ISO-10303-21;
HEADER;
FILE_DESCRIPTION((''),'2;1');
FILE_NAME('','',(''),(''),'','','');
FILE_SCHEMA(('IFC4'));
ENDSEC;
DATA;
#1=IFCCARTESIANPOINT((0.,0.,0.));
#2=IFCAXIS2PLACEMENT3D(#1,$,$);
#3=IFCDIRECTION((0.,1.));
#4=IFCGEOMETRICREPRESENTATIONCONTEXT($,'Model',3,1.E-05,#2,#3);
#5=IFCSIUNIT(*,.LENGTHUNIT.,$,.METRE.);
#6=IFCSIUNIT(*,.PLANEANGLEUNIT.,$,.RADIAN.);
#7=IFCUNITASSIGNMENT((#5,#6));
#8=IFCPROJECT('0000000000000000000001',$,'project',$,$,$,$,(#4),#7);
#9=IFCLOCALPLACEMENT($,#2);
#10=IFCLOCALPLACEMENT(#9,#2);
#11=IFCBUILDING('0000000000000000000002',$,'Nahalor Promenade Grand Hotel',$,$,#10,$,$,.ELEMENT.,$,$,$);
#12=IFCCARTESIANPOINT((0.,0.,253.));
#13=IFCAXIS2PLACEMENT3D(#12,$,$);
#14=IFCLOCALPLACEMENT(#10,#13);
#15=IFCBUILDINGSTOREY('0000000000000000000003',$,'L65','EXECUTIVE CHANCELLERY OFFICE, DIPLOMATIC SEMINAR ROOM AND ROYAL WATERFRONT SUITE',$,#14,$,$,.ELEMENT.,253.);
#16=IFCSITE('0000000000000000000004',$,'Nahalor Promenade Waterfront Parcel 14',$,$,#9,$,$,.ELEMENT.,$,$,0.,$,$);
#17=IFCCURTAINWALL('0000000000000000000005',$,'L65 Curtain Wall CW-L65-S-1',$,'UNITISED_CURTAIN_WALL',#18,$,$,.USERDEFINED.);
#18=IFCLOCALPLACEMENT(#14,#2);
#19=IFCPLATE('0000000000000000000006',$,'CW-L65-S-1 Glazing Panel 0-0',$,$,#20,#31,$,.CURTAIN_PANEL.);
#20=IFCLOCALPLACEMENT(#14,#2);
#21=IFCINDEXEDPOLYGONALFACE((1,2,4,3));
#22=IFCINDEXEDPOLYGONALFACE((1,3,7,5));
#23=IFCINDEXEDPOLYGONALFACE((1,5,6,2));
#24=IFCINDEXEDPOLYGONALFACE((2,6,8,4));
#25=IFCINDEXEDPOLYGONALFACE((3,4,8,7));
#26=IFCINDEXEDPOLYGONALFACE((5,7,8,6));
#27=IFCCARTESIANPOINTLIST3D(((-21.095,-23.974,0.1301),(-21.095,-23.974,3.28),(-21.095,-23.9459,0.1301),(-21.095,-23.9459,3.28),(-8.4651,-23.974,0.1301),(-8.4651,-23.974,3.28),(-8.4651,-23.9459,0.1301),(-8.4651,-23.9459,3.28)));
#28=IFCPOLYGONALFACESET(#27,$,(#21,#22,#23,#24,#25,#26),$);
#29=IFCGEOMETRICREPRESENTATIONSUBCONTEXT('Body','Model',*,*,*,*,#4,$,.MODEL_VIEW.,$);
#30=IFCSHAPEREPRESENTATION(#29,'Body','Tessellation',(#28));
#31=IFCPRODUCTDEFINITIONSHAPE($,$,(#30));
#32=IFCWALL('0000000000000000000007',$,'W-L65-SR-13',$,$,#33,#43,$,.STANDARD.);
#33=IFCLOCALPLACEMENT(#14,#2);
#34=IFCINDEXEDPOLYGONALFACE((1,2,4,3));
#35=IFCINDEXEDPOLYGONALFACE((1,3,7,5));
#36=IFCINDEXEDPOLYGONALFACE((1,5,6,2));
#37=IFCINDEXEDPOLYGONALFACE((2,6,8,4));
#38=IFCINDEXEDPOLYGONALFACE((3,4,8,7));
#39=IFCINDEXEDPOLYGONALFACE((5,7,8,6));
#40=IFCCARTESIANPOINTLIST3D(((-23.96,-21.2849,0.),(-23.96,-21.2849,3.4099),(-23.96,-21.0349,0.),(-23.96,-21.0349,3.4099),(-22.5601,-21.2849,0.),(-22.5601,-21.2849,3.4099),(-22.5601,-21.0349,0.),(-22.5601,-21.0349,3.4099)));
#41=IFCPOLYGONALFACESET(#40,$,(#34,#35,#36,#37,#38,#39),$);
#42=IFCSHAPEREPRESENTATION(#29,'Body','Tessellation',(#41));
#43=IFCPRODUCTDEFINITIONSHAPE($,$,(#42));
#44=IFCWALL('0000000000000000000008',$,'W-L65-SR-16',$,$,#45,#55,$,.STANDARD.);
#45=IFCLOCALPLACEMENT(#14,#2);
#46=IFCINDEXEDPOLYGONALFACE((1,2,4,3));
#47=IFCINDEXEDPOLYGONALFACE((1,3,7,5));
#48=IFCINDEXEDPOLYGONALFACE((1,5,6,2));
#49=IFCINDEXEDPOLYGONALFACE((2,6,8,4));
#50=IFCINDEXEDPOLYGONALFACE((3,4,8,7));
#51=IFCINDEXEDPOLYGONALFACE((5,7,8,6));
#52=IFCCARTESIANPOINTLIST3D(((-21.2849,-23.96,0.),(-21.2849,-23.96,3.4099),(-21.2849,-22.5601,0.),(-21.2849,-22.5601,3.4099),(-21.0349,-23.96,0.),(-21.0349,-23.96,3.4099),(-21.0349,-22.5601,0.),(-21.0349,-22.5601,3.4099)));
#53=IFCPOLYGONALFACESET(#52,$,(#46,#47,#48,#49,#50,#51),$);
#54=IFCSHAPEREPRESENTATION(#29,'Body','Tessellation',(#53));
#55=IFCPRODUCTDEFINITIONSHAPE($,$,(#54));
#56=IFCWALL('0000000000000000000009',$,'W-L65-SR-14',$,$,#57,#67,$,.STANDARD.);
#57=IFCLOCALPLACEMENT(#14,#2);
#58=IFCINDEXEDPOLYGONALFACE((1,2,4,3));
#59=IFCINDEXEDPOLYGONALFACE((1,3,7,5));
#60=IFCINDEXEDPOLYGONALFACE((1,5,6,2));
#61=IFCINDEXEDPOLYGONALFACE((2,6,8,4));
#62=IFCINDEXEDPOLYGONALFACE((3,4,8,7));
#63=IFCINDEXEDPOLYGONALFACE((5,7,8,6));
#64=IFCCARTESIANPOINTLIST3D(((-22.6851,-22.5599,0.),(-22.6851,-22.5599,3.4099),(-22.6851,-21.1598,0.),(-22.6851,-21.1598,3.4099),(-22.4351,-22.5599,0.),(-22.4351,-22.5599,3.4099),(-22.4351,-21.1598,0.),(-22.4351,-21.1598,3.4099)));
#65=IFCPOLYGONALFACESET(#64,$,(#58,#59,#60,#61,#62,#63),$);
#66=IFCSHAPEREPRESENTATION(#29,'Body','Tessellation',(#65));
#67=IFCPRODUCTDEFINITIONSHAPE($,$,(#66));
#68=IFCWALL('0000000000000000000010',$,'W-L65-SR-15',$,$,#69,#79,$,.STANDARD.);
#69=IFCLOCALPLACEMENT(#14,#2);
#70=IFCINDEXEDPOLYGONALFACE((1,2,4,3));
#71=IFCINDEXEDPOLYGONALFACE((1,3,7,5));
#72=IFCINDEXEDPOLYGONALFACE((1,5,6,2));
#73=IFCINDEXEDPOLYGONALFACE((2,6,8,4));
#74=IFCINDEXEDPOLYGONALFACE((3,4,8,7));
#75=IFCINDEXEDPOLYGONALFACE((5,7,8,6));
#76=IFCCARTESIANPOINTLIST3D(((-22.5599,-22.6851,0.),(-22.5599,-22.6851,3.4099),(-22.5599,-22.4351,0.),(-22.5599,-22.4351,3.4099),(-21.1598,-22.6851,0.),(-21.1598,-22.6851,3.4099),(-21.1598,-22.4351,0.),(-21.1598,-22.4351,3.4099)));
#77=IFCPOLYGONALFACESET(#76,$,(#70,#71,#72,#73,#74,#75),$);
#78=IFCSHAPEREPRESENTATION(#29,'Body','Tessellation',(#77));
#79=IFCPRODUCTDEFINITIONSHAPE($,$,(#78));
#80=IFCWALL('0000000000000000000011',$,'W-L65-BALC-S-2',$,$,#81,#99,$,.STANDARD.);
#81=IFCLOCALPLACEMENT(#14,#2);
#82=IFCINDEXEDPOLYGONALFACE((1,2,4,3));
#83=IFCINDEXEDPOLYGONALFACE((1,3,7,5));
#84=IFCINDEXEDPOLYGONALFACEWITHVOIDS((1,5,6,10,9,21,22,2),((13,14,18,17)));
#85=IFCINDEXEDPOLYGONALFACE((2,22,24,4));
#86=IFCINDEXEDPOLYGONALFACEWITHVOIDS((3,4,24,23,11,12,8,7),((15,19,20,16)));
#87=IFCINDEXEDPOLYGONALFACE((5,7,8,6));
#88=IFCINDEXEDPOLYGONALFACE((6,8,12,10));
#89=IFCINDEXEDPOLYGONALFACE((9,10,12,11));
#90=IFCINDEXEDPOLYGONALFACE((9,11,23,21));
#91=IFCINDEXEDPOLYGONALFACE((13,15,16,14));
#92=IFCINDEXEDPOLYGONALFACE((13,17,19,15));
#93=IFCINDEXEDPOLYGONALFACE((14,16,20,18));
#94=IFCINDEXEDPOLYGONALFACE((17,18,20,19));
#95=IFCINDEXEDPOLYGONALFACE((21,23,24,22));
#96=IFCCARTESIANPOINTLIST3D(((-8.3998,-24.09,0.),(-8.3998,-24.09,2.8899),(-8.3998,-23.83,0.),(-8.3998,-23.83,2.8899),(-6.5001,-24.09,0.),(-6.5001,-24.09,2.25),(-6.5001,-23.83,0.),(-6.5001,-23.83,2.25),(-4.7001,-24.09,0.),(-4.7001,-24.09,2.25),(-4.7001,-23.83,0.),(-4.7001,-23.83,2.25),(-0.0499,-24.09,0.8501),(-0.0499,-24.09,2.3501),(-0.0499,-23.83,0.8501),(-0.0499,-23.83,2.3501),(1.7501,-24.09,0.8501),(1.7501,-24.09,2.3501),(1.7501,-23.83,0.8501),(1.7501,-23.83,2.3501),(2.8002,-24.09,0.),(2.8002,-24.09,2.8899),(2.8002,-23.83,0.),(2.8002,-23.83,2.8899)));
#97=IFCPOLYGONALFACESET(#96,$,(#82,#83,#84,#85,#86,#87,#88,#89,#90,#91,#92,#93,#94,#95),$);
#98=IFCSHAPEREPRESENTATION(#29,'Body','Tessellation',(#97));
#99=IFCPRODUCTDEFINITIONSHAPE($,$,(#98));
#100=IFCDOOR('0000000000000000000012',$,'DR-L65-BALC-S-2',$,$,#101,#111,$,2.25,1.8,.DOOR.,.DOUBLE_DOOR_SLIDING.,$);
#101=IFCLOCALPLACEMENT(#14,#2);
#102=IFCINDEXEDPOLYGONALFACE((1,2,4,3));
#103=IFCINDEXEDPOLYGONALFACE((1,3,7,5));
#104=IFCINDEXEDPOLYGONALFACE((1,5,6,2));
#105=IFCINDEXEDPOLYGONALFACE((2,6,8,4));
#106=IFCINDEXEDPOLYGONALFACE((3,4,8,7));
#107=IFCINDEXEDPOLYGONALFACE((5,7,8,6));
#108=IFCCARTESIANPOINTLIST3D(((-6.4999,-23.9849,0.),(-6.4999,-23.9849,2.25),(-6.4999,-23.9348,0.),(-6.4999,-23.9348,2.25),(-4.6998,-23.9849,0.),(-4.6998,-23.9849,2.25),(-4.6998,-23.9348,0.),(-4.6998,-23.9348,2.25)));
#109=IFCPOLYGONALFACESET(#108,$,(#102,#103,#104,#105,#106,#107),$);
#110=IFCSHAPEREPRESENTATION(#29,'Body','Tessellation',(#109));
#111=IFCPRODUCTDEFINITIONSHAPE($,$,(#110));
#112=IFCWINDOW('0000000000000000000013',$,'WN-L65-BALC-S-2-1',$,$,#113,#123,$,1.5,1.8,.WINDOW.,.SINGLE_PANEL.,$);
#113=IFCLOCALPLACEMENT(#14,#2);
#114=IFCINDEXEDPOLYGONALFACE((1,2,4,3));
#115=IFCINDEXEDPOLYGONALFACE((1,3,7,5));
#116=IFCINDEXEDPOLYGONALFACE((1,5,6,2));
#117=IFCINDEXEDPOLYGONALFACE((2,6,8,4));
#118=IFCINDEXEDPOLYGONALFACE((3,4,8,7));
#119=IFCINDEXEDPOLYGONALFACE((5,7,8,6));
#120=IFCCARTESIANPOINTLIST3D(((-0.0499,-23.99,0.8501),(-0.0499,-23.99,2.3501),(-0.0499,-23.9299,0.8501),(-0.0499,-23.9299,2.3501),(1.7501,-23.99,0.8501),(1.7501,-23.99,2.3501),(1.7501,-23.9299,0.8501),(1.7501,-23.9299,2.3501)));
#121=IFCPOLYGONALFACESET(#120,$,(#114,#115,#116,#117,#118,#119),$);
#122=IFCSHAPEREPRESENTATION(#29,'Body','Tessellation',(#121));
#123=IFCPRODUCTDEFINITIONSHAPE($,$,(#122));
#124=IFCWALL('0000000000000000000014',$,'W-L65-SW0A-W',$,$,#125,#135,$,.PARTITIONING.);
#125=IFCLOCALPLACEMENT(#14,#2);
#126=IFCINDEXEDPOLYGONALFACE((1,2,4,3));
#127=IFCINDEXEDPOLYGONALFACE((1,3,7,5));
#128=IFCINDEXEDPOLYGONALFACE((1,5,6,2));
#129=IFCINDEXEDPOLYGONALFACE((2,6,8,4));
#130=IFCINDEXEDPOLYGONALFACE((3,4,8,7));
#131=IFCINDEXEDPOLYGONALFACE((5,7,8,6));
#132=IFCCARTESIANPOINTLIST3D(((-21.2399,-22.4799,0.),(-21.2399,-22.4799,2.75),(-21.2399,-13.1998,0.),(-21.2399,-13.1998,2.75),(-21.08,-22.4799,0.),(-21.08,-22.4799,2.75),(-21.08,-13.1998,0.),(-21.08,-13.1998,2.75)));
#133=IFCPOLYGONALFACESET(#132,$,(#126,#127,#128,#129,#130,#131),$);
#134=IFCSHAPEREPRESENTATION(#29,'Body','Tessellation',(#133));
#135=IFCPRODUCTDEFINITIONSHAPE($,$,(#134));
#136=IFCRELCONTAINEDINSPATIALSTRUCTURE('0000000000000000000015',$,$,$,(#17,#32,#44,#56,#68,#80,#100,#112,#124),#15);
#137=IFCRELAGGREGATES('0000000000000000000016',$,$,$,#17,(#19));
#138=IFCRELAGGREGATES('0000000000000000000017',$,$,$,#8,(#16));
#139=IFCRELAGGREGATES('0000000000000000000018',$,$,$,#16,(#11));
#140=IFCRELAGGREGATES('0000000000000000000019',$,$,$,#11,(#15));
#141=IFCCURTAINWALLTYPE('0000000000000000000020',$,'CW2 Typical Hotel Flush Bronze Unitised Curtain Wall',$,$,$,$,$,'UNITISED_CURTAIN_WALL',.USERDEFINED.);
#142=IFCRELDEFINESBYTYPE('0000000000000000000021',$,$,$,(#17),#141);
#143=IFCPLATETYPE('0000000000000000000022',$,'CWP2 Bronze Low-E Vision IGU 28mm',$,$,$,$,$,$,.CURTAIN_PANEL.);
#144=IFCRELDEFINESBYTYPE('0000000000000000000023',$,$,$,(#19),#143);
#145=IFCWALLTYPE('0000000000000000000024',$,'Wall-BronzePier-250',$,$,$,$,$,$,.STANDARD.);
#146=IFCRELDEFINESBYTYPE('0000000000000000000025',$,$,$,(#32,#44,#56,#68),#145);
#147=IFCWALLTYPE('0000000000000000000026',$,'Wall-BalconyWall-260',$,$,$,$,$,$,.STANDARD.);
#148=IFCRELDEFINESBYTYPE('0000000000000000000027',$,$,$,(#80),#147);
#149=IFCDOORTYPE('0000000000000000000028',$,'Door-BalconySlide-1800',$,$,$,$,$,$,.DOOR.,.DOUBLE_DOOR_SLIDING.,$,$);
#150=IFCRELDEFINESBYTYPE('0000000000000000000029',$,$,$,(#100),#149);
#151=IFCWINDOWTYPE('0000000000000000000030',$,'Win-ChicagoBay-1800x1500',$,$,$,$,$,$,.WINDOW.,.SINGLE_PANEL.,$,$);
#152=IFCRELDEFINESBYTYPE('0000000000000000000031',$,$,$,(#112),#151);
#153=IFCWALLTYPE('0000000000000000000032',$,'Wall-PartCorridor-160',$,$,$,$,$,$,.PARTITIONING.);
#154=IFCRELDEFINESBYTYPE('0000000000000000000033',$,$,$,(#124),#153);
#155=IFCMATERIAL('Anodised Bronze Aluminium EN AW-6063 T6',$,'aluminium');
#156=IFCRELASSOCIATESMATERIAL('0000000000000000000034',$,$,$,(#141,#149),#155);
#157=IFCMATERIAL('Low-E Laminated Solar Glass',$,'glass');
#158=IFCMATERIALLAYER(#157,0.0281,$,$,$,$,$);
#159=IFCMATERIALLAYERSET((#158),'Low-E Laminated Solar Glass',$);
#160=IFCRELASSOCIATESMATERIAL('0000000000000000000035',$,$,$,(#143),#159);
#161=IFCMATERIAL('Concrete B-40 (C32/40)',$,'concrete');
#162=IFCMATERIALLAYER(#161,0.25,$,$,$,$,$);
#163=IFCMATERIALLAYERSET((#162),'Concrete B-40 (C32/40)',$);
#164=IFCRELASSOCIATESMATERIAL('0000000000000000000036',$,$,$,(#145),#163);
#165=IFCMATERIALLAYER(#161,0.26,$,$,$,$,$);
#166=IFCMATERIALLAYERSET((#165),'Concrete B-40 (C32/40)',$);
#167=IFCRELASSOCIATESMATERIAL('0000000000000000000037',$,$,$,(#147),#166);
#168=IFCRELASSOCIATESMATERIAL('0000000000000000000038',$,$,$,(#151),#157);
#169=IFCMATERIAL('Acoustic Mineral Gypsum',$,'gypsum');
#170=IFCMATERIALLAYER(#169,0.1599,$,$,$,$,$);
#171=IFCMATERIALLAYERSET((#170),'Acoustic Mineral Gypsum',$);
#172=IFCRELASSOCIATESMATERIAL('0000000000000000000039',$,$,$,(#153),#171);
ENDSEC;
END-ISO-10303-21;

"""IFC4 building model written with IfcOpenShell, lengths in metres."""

from ifc_helpers import new_model, si_unit, direction, frame, frame_2d, origin, origin_2d, place, context, subcontext, project, spatial, rectangle, extrude, source, transform, mapped, material, layer, layer_set, type_object, element, fill, aggregate, save


model = new_model("IFC4")

# Units and contexts
model_context = context("Model", 3, precision=1e-05, world=origin(), true_north=direction((0.0, 1.0)))
body_context = subcontext(model_context, "Body", "Model", "MODEL_VIEW")
ifc_project = project(units=[si_unit("LENGTHUNIT", "METRE"), si_unit("PLANEANGLEUNIT", "RADIAN")], contexts=[model_context])

# Site, building, storey
site_placement = place(None, origin())
site = spatial("IfcSite", under=ifc_project, at=site_placement, Name="Nahalor Promenade Waterfront Parcel 14", CompositionType="ELEMENT", RefElevation=0.0)
building_placement = place(site_placement, origin())
building = spatial("IfcBuilding", under=site, at=building_placement, Name="Nahalor Promenade Grand Hotel", CompositionType="ELEMENT")
storey_placement = place(building_placement, frame((0.0, 0.0, 253.0)))
storey = spatial("IfcBuildingStorey", under=building, at=storey_placement, Name="L65", Description="EXECUTIVE CHANCELLERY OFFICE, DIPLOMATIC SEMINAR ROOM AND ROYAL WATERFRONT SUITE", CompositionType="ELEMENT", Elevation=253.0)

# Shared definitions
ifc_material_1 = material(Name="Anodised Bronze Aluminium EN AW-6063 T6", Category="aluminium")
curtain_wall_type = type_object("IfcCurtainWallType", Name="CW2 Typical Hotel Flush Bronze Unitised Curtain Wall", ElementType="UNITISED_CURTAIN_WALL", PredefinedType="USERDEFINED", material=ifc_material_1)

# Curtain wall
curtain_wall_1_placement = place(storey_placement, origin())
curtain_wall_1 = element("IfcCurtainWall", 1, at=curtain_wall_1_placement, inside=storey, type_object=curtain_wall_type, Name="L65 Curtain Wall CW-L65-S-1", ObjectType="UNITISED_CURTAIN_WALL", PredefinedType="USERDEFINED")

# Plate
ifc_material_2 = material(Name="Low-E Laminated Solar Glass", Category="glass")
ifc_layer_1 = layer(ifc_material_2, 0.0281)
ifc_layer_set_1 = layer_set([ifc_layer_1], Name="Low-E Laminated Solar Glass")
plate_type = type_object("IfcPlateType", Name="CWP2 Bronze Low-E Vision IGU 28mm", PredefinedType="CURTAIN_PANEL", material=ifc_layer_set_1)
shared_shape_1 = source(origin(), body_context, "Body", "SweptSolid", [
    extrude(rectangle(XDim=12.6299, YDim=0.0281, at=origin_2d()), origin(), (0.0, 0.0, 1.0), 3.1499),
])
plate_placement = place(storey_placement, frame((-14.78, -23.96, 0.1301), z_axis=(0.0, 0.0, 1.0), x_axis=(1.0, 0.0, 0.0)))
plate = element("IfcPlate", 2, at=plate_placement, type_object=plate_type, Name="CW-L65-S-1 Glazing Panel 0-0", PredefinedType="CURTAIN_PANEL", context=body_context, shape_type="MappedRepresentation", body=[
    mapped(shared_shape_1, transform((0.0, 0.0, 0.0), scale=1.0)),
])
aggregate(curtain_wall_1, [plate])

# Walls
ifc_material_3 = material(Name="Concrete B-40 (C32/40)", Category="concrete")
ifc_layer_2 = layer(ifc_material_3, 0.25)
ifc_layer_set_2 = layer_set([ifc_layer_2], Name="Concrete B-40 (C32/40)")
wall_type_1 = type_object("IfcWallType", Name="Wall-BronzePier-250", PredefinedType="STANDARD", material=ifc_layer_set_2)
shared_shape_2 = source(origin(), body_context, "Body", "SweptSolid", [
    extrude(rectangle(XDim=1.3999, YDim=0.25, at=frame_2d((0.7, 0.0))), origin(), (0.0, 0.0, 1.0), 3.4099),
])
for number, where, z_axis, x_axis, name in (
    (3, (-23.96, -21.1599, 0.0), (0.0, 0.0, 1.0), (1.0, 0.0, 0.0), "W-L65-SR-13"),
    (4, (-21.1599, -23.96, 0.0), (0.0, 0.0, 1.0), (0.0, 1.0, 0.0), "W-L65-SR-16"),
):
    element("IfcWall", number, at=place(storey_placement, frame(where, z_axis=z_axis, x_axis=x_axis)), inside=storey, type_object=wall_type_1, Name=name, PredefinedType="STANDARD", context=body_context, shape_type="MappedRepresentation", body=[
        mapped(shared_shape_2, transform((0.0, 0.0, 0.0), scale=1.0)),
    ])
shared_shape_3 = source(origin(), body_context, "Body", "SweptSolid", [
    extrude(rectangle(XDim=1.4001, YDim=0.25, at=frame_2d((0.7002, 0.0))), origin(), (0.0, 0.0, 1.0), 3.4099),
])
for number, where, z_axis, x_axis, name in (
    (5, (-22.5601, -22.5601, 0.0), (0.0, 0.0, 1.0), (0.0, 1.0, 0.0), "W-L65-SR-14"),
    (6, (-22.5601, -22.5601, 0.0), (0.0, 0.0, 1.0), (1.0, 0.0, 0.0), "W-L65-SR-15"),
):
    element("IfcWall", number, at=place(storey_placement, frame(where, z_axis=z_axis, x_axis=x_axis)), inside=storey, type_object=wall_type_1, Name=name, PredefinedType="STANDARD", context=body_context, shape_type="MappedRepresentation", body=[
        mapped(shared_shape_3, transform((0.0, 0.0, 0.0), scale=1.0)),
    ])

# Wall, openings, door, window
ifc_layer_3 = layer(ifc_material_3, 0.26)
ifc_layer_set_3 = layer_set([ifc_layer_3], Name="Concrete B-40 (C32/40)")
wall_type_2 = type_object("IfcWallType", Name="Wall-BalconyWall-260", PredefinedType="STANDARD", material=ifc_layer_set_3)
shared_shape_4 = source(origin(), body_context, "Body", "SweptSolid", [
    extrude(rectangle(XDim=11.2, YDim=0.26, at=frame_2d((5.6001, 0.0))), origin(), (0.0, 0.0, 1.0), 2.8899),
])
wall_1_placement = place(storey_placement, frame((-8.3999, -23.96, 0.0), z_axis=(0.0, 0.0, 1.0), x_axis=(1.0, 0.0, 0.0)))
wall_1 = element("IfcWall", 7, at=wall_1_placement, inside=storey, type_object=wall_type_2, Name="W-L65-BALC-S-2", PredefinedType="STANDARD", context=body_context, shape_type="MappedRepresentation", body=[
    mapped(shared_shape_4, transform((0.0, 0.0, 0.0), scale=1.0)),
])
opening_1_placement = place(wall_1_placement, frame((1.8999, 0.0, 0.0)))
opening_1 = element("IfcOpeningElement", 8, at=opening_1_placement, cuts=wall_1, PredefinedType="OPENING", context=body_context, shape_type="SweptSolid", body=[
    extrude(rectangle(XDim=1.8, YDim=2.25, at=frame_2d((0.8999, 1.125))), frame((0.0, 0.1399, 0.0), z_axis=(0.0, -1.0, 0.0), x_axis=(1.0, 0.0, 0.0)), (0.0, 0.0, 1.0), 0.28),
])
opening_2_placement = place(wall_1_placement, frame((8.3501, 0.0, 0.8501)))
opening_2 = element("IfcOpeningElement", 9, at=opening_2_placement, cuts=wall_1, PredefinedType="OPENING", context=body_context, shape_type="SweptSolid", body=[
    extrude(rectangle(XDim=1.8, YDim=1.5, at=frame_2d((0.8999, 0.75))), frame((0.0, 0.1399, 0.0), z_axis=(0.0, -1.0, 0.0), x_axis=(1.0, 0.0, 0.0)), (0.0, 0.0, 1.0), 0.28),
])
door_type = type_object("IfcDoorType", Name="Door-BalconySlide-1800", OperationType="DOUBLE_DOOR_SLIDING", PredefinedType="DOOR", material=ifc_material_1)
shared_shape_5 = source(origin(), body_context, "Body", "SweptSolid", [
    extrude(rectangle(XDim=1.8, YDim=2.25, at=frame_2d((0.8999, 1.125))), frame((0.0, 0.0249, 0.0), z_axis=(0.0, -1.0, 0.0), x_axis=(1.0, 0.0, 0.0)), (0.0, 0.0, 1.0), 0.05),
])
door_placement = place(opening_1_placement, frame((1.8, 0.0, 0.0), z_axis=(0.0, 0.0, 1.0), x_axis=(-1.0, 0.0, 0.0)))
door = element("IfcDoor", 10, at=door_placement, inside=storey, type_object=door_type, Name="DR-L65-BALC-S-2", OperationType="DOUBLE_DOOR_SLIDING", OverallHeight=2.25, OverallWidth=1.8, PredefinedType="DOOR", context=body_context, shape_type="MappedRepresentation", body=[
    mapped(shared_shape_5, transform((0.0, 0.0, 0.0), scale=1.0)),
])
fill(opening_1, door)
window_type = type_object("IfcWindowType", Name="Win-ChicagoBay-1800x1500", PartitioningType="SINGLE_PANEL", PredefinedType="WINDOW", material=ifc_material_2)
shared_shape_6 = source(origin(), body_context, "Body", "SweptSolid", [
    extrude(rectangle(XDim=1.8, YDim=1.5, at=frame_2d((0.8999, 0.75))), frame((0.0, 0.03, 0.0), z_axis=(0.0, -1.0, 0.0), x_axis=(1.0, 0.0, 0.0)), (0.0, 0.0, 1.0), 0.0601),
])
window_placement = place(opening_2_placement, origin())
window = element("IfcWindow", 11, at=window_placement, inside=storey, type_object=window_type, Name="WN-L65-BALC-S-2-1", OverallHeight=1.5, OverallWidth=1.8, PartitioningType="SINGLE_PANEL", PredefinedType="WINDOW", context=body_context, shape_type="MappedRepresentation", body=[
    mapped(shared_shape_6, transform((0.0, 0.0, 0.0), scale=1.0)),
])
fill(opening_2, window)

# Wall
ifc_material_4 = material(Name="Acoustic Mineral Gypsum", Category="gypsum")
ifc_layer_4 = layer(ifc_material_4, 0.1599)
ifc_layer_set_4 = layer_set([ifc_layer_4], Name="Acoustic Mineral Gypsum")
wall_type_3 = type_object("IfcWallType", Name="Wall-PartCorridor-160", PredefinedType="PARTITIONING", material=ifc_layer_set_4)
shared_shape_7 = source(origin(), body_context, "Body", "SweptSolid", [
    extrude(rectangle(XDim=9.28, YDim=0.1599, at=frame_2d((4.6401, 0.0))), origin(), (0.0, 0.0, 1.0), 2.75),
])
wall_2_placement = place(storey_placement, frame((-21.1599, -22.48, 0.0), z_axis=(0.0, 0.0, 1.0), x_axis=(0.0, 1.0, 0.0)))
element("IfcWall", 12, at=wall_2_placement, inside=storey, type_object=wall_type_3, Name="W-L65-SW0A-W", PredefinedType="PARTITIONING", context=body_context, shape_type="MappedRepresentation", body=[
    mapped(shared_shape_7, transform((0.0, 0.0, 0.0), scale=1.0)),
])

save(model, "model.ifc")
